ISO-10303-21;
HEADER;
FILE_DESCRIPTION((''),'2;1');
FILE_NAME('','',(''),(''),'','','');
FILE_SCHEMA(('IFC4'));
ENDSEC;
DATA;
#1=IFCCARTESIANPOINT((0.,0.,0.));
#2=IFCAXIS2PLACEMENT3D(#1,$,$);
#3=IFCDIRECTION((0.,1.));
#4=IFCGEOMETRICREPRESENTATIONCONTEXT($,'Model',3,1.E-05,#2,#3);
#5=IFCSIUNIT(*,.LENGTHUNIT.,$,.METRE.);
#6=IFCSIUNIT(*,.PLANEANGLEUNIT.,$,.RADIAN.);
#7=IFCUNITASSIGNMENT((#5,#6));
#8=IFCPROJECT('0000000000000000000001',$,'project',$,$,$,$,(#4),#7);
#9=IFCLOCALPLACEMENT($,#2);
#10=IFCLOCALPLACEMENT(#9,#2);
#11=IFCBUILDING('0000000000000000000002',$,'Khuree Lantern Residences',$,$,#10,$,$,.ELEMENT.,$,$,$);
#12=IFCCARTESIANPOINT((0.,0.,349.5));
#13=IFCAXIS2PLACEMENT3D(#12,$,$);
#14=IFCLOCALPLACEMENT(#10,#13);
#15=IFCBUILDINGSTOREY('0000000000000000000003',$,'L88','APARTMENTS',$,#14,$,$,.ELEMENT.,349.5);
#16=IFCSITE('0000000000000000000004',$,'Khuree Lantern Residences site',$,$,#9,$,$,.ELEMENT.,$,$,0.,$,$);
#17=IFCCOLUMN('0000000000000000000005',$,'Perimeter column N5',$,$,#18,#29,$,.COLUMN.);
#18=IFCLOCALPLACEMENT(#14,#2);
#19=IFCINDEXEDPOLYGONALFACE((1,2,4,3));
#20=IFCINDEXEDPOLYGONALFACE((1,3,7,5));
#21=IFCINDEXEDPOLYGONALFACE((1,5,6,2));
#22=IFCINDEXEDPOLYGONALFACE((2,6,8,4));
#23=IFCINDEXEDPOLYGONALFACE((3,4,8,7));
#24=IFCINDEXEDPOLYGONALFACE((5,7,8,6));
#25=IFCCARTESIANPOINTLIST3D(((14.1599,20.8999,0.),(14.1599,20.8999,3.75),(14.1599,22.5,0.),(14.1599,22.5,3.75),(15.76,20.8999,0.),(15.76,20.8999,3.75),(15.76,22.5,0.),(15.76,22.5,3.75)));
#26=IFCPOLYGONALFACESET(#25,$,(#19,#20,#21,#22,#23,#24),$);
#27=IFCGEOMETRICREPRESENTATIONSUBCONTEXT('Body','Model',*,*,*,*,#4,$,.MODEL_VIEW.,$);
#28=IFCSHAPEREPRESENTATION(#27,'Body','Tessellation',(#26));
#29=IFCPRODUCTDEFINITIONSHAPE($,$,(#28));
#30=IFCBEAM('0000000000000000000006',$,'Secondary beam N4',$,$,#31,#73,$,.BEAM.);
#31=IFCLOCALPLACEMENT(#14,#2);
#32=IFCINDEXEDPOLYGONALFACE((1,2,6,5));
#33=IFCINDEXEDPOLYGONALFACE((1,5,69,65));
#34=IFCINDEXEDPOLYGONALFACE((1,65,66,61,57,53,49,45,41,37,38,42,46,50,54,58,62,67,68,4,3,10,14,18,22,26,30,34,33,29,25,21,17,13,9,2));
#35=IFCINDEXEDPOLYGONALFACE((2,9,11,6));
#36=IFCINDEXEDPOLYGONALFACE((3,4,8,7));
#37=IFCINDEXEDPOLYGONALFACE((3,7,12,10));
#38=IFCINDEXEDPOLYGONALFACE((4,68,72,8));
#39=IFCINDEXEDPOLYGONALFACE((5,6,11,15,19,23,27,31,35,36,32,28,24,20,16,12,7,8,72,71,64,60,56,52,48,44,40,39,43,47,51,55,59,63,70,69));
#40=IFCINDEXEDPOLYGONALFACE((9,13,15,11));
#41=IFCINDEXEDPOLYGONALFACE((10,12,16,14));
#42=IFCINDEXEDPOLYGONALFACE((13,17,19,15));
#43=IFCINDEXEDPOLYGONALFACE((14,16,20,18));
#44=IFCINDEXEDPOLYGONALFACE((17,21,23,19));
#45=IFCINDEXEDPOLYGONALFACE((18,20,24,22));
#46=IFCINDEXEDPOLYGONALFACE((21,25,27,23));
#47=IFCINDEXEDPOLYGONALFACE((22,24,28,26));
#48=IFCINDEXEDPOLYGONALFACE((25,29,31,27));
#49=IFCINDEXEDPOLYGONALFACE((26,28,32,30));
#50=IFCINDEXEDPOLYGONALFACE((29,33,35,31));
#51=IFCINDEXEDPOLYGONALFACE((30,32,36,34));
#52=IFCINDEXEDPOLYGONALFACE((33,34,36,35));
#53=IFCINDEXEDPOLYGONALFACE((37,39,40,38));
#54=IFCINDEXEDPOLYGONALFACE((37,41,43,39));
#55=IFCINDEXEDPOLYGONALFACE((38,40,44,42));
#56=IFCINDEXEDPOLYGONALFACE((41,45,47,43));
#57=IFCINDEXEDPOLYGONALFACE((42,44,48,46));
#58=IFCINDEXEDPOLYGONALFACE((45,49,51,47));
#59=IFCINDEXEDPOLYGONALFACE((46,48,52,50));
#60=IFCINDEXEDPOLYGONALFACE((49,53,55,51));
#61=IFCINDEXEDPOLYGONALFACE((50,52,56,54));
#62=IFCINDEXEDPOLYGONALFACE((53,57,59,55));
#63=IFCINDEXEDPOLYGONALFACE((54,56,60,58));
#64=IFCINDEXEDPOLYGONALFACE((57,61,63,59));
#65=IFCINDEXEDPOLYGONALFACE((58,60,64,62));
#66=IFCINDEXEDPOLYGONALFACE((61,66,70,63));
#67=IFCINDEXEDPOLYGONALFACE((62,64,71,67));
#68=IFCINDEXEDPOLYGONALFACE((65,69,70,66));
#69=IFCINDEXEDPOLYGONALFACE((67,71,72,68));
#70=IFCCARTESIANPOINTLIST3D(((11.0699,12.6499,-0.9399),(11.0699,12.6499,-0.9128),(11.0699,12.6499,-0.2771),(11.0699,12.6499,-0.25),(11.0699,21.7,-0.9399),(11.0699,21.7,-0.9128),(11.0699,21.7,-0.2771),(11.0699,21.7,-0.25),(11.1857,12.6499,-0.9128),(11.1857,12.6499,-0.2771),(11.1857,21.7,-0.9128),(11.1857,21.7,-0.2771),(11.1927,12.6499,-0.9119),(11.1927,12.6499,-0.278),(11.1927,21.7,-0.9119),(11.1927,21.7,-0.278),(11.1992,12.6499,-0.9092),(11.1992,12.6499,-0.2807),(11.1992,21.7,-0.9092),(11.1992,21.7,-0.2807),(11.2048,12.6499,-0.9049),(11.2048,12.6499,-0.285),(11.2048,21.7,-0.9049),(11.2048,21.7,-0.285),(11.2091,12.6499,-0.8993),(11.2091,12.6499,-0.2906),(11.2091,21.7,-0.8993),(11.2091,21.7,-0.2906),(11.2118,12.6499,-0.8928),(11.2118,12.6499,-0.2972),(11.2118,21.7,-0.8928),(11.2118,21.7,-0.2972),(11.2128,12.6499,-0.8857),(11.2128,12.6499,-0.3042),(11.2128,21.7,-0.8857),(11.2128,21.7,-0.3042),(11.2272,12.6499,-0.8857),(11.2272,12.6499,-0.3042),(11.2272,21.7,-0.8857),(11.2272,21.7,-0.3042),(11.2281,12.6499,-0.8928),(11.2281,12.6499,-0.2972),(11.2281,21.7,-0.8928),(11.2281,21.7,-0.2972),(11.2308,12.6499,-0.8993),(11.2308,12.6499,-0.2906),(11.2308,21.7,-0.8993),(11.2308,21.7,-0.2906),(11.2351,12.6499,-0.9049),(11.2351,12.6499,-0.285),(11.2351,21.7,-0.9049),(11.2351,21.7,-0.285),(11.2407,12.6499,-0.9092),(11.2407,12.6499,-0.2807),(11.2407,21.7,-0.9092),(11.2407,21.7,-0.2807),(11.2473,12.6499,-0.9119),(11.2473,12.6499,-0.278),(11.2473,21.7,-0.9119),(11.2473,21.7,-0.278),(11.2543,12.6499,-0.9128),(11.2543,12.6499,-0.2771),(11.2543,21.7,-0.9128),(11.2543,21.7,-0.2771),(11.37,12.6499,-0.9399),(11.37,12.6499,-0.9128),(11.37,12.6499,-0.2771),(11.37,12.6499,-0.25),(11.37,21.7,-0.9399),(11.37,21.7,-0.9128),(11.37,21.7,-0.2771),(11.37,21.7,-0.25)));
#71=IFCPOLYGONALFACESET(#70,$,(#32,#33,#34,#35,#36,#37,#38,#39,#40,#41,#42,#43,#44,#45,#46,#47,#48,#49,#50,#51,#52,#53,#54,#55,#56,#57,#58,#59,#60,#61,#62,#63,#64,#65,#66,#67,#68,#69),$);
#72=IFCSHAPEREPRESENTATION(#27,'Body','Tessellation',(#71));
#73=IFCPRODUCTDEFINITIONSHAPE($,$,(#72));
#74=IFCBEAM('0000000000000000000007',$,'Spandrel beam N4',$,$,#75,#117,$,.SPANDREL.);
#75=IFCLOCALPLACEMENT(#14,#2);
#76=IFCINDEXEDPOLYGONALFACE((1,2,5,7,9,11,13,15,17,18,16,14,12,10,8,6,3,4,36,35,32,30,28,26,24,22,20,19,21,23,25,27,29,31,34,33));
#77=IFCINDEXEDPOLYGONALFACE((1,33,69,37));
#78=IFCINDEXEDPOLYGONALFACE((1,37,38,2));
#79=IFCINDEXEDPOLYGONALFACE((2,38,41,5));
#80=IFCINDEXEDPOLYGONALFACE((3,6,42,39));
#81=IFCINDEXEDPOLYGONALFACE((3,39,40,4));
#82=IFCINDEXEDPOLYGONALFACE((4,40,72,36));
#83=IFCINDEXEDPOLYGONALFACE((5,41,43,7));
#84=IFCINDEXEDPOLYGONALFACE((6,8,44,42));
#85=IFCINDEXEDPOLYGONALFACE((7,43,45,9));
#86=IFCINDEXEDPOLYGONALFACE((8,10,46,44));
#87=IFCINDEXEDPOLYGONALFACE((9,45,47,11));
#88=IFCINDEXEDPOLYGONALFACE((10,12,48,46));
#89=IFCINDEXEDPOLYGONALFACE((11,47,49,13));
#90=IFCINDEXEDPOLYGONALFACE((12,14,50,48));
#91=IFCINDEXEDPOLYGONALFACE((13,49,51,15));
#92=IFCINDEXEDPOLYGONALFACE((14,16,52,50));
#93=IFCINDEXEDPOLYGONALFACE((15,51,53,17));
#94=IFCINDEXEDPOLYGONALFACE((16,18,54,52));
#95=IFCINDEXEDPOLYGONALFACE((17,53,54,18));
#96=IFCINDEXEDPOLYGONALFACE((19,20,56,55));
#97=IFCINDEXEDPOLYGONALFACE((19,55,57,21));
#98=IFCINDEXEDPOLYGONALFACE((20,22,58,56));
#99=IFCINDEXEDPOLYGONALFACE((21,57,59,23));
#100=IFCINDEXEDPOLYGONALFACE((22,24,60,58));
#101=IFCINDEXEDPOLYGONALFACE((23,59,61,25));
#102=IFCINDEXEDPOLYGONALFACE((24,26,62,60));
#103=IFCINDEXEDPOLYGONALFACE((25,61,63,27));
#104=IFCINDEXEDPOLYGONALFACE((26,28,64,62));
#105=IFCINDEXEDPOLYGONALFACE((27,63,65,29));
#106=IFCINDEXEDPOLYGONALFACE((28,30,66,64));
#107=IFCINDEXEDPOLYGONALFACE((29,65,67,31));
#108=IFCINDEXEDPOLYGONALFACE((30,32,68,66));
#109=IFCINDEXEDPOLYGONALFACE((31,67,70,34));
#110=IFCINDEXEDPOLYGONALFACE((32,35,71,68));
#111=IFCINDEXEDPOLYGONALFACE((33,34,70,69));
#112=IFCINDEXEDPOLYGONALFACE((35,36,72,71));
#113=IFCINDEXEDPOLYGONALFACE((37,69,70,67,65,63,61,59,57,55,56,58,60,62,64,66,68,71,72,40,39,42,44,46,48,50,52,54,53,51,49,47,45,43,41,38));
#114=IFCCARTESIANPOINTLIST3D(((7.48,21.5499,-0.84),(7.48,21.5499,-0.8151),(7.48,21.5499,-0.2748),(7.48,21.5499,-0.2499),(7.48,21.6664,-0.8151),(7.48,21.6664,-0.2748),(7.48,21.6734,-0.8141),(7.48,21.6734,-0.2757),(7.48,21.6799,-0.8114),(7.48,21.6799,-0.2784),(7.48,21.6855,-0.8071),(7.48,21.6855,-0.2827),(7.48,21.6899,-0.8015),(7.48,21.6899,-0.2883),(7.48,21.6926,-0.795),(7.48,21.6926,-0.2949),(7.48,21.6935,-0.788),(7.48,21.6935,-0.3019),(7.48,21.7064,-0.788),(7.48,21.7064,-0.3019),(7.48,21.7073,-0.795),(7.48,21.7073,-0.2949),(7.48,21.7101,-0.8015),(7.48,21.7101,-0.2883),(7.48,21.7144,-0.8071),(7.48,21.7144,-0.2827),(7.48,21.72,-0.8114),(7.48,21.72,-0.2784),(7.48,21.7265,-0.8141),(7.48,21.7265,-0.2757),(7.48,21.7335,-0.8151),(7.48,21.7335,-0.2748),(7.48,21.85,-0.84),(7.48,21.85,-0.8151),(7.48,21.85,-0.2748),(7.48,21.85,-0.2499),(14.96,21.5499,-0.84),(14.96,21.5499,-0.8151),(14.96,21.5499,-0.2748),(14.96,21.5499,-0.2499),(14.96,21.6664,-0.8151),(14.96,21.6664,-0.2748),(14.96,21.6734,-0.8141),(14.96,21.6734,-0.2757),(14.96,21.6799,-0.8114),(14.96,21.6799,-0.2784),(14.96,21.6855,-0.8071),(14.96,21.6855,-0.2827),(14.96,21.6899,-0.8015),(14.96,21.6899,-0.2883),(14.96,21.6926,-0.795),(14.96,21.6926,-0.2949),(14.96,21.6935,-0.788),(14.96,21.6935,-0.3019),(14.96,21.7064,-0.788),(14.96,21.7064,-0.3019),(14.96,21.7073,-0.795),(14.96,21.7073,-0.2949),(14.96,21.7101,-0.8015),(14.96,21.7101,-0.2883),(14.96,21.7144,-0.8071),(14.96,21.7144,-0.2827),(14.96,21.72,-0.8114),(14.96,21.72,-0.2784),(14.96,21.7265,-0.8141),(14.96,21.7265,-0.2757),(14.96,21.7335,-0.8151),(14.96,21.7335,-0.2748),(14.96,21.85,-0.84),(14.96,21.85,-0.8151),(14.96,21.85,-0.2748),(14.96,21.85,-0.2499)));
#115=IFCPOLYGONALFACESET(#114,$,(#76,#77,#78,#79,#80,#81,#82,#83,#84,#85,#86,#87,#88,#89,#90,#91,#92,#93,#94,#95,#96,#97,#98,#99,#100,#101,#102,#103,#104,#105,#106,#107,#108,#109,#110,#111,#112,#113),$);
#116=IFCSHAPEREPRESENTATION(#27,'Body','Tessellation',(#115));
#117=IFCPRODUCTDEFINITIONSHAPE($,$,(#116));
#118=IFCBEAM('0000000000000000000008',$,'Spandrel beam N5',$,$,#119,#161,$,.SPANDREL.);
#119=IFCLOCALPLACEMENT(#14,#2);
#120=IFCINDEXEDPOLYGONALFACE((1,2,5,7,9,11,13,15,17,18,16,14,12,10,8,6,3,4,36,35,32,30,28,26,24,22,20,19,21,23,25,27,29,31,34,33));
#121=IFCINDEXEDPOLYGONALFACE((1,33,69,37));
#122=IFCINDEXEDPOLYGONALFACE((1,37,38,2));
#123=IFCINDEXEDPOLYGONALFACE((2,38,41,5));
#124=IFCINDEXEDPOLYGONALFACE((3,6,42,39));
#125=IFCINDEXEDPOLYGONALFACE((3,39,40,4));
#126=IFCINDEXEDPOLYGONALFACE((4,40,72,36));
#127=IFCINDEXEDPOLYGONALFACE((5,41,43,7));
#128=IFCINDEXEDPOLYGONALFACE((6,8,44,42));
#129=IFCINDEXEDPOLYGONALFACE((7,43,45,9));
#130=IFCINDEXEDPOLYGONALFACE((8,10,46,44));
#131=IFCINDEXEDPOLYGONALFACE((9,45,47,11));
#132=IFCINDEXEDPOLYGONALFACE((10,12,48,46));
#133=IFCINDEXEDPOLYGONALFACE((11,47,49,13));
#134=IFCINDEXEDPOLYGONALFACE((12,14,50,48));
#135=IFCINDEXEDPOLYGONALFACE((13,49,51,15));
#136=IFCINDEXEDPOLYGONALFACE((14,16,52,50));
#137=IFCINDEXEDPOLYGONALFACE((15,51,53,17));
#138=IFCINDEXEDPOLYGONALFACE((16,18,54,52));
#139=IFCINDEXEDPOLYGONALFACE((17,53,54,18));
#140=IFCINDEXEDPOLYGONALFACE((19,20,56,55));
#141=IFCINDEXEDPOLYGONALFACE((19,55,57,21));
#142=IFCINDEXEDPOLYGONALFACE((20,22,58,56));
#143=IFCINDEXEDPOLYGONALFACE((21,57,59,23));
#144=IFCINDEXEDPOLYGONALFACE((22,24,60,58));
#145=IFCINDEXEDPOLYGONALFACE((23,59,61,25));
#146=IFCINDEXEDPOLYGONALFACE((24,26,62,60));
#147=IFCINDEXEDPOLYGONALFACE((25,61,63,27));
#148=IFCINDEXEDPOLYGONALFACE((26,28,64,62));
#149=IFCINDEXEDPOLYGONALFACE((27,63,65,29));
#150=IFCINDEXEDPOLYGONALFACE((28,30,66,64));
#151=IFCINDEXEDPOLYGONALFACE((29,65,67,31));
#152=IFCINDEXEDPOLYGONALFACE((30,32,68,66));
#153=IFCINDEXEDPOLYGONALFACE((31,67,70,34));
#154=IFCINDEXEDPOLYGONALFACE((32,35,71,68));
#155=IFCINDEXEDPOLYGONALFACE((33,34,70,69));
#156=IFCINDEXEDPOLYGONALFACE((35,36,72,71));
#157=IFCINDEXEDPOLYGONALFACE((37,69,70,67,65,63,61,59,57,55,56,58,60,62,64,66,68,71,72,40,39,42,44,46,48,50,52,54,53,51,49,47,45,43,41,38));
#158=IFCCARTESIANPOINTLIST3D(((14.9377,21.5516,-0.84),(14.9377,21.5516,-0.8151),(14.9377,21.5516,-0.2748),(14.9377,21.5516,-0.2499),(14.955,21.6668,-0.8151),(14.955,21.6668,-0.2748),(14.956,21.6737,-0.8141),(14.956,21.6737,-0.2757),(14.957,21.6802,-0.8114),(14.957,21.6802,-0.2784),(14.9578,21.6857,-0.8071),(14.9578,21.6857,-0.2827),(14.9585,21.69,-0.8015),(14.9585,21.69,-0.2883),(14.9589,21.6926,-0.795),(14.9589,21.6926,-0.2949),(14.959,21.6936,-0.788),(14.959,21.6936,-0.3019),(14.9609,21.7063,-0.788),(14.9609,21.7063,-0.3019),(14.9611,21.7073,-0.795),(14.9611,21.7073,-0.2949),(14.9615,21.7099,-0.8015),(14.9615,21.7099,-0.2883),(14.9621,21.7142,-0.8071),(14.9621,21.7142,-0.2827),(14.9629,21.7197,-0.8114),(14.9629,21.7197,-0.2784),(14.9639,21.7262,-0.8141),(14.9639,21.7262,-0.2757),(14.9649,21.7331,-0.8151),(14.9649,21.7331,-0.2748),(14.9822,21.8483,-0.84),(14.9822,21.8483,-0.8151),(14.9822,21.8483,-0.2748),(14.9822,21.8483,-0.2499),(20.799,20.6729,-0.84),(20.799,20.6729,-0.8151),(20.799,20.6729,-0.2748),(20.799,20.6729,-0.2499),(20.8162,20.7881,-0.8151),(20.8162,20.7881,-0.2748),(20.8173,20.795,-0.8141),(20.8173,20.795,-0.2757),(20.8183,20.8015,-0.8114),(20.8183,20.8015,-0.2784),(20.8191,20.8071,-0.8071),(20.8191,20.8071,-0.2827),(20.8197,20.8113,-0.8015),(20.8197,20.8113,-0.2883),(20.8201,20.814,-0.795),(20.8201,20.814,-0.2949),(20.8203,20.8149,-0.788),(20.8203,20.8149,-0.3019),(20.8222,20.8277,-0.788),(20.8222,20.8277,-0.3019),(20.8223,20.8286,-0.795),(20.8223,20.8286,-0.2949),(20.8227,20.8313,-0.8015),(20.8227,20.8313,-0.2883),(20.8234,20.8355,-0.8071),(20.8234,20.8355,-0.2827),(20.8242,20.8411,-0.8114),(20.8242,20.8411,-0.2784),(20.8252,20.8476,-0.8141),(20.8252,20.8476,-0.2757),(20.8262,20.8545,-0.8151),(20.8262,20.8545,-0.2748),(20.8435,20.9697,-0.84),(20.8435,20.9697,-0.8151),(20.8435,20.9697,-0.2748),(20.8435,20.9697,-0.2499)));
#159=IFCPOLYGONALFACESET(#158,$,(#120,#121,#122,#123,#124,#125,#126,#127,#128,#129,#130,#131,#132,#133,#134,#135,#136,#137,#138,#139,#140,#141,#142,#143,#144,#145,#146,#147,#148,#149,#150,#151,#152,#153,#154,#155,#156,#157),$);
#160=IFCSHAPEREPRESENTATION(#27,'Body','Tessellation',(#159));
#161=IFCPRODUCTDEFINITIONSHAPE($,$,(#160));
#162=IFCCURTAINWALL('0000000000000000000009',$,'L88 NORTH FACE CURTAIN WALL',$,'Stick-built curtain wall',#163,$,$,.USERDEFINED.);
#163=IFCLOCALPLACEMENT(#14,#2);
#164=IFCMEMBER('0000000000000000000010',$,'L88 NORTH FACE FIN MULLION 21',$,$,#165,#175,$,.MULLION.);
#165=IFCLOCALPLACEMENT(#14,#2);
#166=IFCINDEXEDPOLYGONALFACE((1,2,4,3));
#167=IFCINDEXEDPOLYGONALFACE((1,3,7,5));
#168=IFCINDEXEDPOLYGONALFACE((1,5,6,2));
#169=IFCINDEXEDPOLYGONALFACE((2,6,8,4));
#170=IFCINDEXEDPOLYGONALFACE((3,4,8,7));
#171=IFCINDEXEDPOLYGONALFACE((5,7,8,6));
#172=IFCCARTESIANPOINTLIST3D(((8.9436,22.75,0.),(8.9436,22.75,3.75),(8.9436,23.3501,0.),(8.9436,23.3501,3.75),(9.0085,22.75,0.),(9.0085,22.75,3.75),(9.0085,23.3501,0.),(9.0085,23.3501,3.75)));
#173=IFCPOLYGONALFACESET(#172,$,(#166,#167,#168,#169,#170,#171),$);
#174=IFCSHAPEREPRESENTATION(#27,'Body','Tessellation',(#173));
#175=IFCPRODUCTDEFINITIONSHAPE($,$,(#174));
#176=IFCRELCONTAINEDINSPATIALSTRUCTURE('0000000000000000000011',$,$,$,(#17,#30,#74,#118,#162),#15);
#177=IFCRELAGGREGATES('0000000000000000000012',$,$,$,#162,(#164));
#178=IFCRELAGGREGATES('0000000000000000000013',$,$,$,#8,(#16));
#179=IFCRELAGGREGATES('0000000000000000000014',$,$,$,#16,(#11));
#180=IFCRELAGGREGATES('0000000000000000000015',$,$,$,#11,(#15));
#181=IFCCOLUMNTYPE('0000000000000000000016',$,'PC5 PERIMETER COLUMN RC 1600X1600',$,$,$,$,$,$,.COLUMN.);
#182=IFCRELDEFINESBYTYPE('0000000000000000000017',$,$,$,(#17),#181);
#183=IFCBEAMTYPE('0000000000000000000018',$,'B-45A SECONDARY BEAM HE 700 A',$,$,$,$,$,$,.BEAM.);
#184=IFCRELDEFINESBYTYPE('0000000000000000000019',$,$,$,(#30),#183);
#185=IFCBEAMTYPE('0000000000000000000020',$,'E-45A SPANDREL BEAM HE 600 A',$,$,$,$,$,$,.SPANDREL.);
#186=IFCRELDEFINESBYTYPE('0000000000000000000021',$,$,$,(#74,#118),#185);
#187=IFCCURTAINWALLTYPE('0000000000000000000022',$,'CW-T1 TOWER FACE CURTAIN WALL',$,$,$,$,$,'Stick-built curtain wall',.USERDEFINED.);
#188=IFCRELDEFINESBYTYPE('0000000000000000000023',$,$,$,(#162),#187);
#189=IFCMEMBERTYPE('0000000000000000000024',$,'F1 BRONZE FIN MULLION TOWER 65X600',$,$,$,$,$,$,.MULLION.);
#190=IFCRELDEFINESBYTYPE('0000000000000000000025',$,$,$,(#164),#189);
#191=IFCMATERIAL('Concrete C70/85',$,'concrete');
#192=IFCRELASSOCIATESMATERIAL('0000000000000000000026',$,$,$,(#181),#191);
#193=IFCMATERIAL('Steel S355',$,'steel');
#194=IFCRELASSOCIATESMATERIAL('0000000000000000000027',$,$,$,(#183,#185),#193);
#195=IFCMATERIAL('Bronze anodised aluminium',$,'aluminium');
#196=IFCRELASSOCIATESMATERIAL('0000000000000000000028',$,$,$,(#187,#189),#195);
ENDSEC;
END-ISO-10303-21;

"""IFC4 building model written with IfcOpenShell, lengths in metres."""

from ifc_helpers import new_model, si_unit, direction, frame, origin, origin_2d, place, context, subcontext, project, spatial, rectangle, i_section, extrude, material, material_profile, profile_set, type_object, element, aggregate, save


model = new_model("IFC4")

# Units and contexts
model_context = context("Model", 3, precision=1e-05, world=origin(), true_north=direction((0.0, 1.0)))
body_context = subcontext(model_context, "Body", "Model", "MODEL_VIEW")
ifc_project = project(units=[si_unit("LENGTHUNIT", "METRE"), si_unit("PLANEANGLEUNIT", "RADIAN")], contexts=[model_context])

# Site, building, storey
site_placement = place(None, origin())
site = spatial("IfcSite", under=ifc_project, at=site_placement, Name="Khuree Lantern Residences site", CompositionType="ELEMENT", RefElevation=0.0)
building_placement = place(site_placement, origin())
building = spatial("IfcBuilding", under=site, at=building_placement, Name="Khuree Lantern Residences", CompositionType="ELEMENT")
storey_placement = place(building_placement, frame((0.0, 0.0, 349.5)))
storey = spatial("IfcBuildingStorey", under=building, at=storey_placement, Name="L88", Description="APARTMENTS", CompositionType="ELEMENT", Elevation=349.5)

# Column
ifc_material_1 = material(Name="Concrete C70/85", Category="concrete")
ifc_material_profile_1 = material_profile(ifc_material_1, rectangle(XDim=1.6001, YDim=1.6001, at=origin_2d()), Name="RC 1600X1600")
ifc_profile_set_1 = profile_set([ifc_material_profile_1], Name="Concrete C70/85")
column_type = type_object("IfcColumnType", Name="PC5 PERIMETER COLUMN RC 1600X1600", PredefinedType="COLUMN", material=ifc_profile_set_1)
column_placement = place(storey_placement, frame((14.96, 21.7, 0.0), z_axis=(0.0, 0.0, 1.0), x_axis=(1.0, 0.0, 0.0)))
element("IfcColumn", 1, at=column_placement, inside=storey, type_object=column_type, Name="Perimeter column N5", PredefinedType="COLUMN", context=body_context, shape_type="SweptSolid", body=[
    extrude(rectangle(XDim=1.6001, YDim=1.6001, at=origin_2d()), origin(), (0.0, 0.0, 1.0), 3.75),
])

# Beams
ifc_material_2 = material(Name="Steel S355", Category="steel")
ifc_material_profile_2 = material_profile(ifc_material_2, i_section(OverallWidth=0.3, OverallDepth=0.6899, WebThickness=0.0144, FlangeThickness=0.0271, FilletRadius=0.0271, at=origin_2d()), Name="HE 700 A")
ifc_profile_set_2 = profile_set([ifc_material_profile_2], Name="Steel S355")
beam_type_1 = type_object("IfcBeamType", Name="B-45A SECONDARY BEAM HE 700 A", PredefinedType="BEAM", material=ifc_profile_set_2)
beam_1_placement = place(storey_placement, frame((11.22, 21.7, -0.595), z_axis=(0.0, -1.0, 0.0), x_axis=(1.0, 0.0, 0.0)))
element("IfcBeam", 2, at=beam_1_placement, inside=storey, type_object=beam_type_1, Name="Secondary beam N4", PredefinedType="BEAM", context=body_context, shape_type="SweptSolid", body=[
    extrude(i_section(OverallWidth=0.3, OverallDepth=0.6899, WebThickness=0.0144, FlangeThickness=0.0271, FilletRadius=0.0271, at=origin_2d()), origin(), (0.0, 0.0, 1.0), 9.05),
])
ifc_material_profile_3 = material_profile(ifc_material_2, i_section(OverallWidth=0.3, OverallDepth=0.5901, WebThickness=0.0129, FlangeThickness=0.0249, FilletRadius=0.0271, at=origin_2d()), Name="HE 600 A")
ifc_profile_set_3 = profile_set([ifc_material_profile_3], Name="Steel S355")
beam_type_2 = type_object("IfcBeamType", Name="E-45A SPANDREL BEAM HE 600 A", PredefinedType="SPANDREL", material=ifc_profile_set_3)
beam_2_placement = place(storey_placement, frame((7.48, 21.7, -0.5449), z_axis=(1.0, 0.0, 0.0), x_axis=(0.0, 1.0, 0.0)))
element("IfcBeam", 3, at=beam_2_placement, inside=storey, type_object=beam_type_2, Name="Spandrel beam N4", PredefinedType="SPANDREL", context=body_context, shape_type="SweptSolid", body=[
    extrude(i_section(OverallWidth=0.3, OverallDepth=0.5901, WebThickness=0.0129, FlangeThickness=0.0249, FilletRadius=0.0271, at=origin_2d()), origin(), (0.0, 0.0, 1.0), 7.48),
])
beam_3_placement = place(storey_placement, frame((14.96, 21.7, -0.5449), z_axis=(0.98895, -0.148252, 0.0), x_axis=(0.148252, 0.98895, 0.0)))
element("IfcBeam", 4, at=beam_3_placement, inside=storey, type_object=beam_type_2, Name="Spandrel beam N5", PredefinedType="SPANDREL", context=body_context, shape_type="SweptSolid", body=[
    extrude(i_section(OverallWidth=0.3, OverallDepth=0.5901, WebThickness=0.0129, FlangeThickness=0.0249, FilletRadius=0.0271, at=origin_2d()), origin(), (0.0, 0.0, 1.0), 5.9268),
])

# Curtain wall, member
ifc_material_3 = material(Name="Bronze anodised aluminium", Category="aluminium")
curtain_wall_type = type_object("IfcCurtainWallType", Name="CW-T1 TOWER FACE CURTAIN WALL", ElementType="Stick-built curtain wall", PredefinedType="USERDEFINED", material=ifc_material_3)
curtain_wall_placement = place(storey_placement, origin())
curtain_wall = element("IfcCurtainWall", 5, at=curtain_wall_placement, inside=storey, type_object=curtain_wall_type, Name="L88 NORTH FACE CURTAIN WALL", ObjectType="Stick-built curtain wall", PredefinedType="USERDEFINED")
ifc_material_profile_4 = material_profile(ifc_material_3, rectangle(XDim=0.0649, YDim=0.6001, at=origin_2d()), Name="F1 65X600")
ifc_profile_set_4 = profile_set([ifc_material_profile_4], Name="Bronze anodised aluminium")
member_type_1 = type_object("IfcMemberType", Name="F1 BRONZE FIN MULLION TOWER 65X600", PredefinedType="MULLION", material=ifc_profile_set_4)
member_1_placement = place(storey_placement, frame((8.9761, 23.05, 0.0), z_axis=(0.0, 0.0, 1.0), x_axis=(-1.0, 0.0, 0.0)))
member_1 = element("IfcMember", 6, at=member_1_placement, type_object=member_type_1, Name="L88 NORTH FACE FIN MULLION 21", PredefinedType="MULLION", context=body_context, shape_type="SweptSolid", body=[
    extrude(rectangle(XDim=0.0649, YDim=0.6001, at=origin_2d()), origin(), (0.0, 0.0, 1.0), 3.75),
])

aggregate(curtain_wall, [member_1])

save(model, "model.ifc")
